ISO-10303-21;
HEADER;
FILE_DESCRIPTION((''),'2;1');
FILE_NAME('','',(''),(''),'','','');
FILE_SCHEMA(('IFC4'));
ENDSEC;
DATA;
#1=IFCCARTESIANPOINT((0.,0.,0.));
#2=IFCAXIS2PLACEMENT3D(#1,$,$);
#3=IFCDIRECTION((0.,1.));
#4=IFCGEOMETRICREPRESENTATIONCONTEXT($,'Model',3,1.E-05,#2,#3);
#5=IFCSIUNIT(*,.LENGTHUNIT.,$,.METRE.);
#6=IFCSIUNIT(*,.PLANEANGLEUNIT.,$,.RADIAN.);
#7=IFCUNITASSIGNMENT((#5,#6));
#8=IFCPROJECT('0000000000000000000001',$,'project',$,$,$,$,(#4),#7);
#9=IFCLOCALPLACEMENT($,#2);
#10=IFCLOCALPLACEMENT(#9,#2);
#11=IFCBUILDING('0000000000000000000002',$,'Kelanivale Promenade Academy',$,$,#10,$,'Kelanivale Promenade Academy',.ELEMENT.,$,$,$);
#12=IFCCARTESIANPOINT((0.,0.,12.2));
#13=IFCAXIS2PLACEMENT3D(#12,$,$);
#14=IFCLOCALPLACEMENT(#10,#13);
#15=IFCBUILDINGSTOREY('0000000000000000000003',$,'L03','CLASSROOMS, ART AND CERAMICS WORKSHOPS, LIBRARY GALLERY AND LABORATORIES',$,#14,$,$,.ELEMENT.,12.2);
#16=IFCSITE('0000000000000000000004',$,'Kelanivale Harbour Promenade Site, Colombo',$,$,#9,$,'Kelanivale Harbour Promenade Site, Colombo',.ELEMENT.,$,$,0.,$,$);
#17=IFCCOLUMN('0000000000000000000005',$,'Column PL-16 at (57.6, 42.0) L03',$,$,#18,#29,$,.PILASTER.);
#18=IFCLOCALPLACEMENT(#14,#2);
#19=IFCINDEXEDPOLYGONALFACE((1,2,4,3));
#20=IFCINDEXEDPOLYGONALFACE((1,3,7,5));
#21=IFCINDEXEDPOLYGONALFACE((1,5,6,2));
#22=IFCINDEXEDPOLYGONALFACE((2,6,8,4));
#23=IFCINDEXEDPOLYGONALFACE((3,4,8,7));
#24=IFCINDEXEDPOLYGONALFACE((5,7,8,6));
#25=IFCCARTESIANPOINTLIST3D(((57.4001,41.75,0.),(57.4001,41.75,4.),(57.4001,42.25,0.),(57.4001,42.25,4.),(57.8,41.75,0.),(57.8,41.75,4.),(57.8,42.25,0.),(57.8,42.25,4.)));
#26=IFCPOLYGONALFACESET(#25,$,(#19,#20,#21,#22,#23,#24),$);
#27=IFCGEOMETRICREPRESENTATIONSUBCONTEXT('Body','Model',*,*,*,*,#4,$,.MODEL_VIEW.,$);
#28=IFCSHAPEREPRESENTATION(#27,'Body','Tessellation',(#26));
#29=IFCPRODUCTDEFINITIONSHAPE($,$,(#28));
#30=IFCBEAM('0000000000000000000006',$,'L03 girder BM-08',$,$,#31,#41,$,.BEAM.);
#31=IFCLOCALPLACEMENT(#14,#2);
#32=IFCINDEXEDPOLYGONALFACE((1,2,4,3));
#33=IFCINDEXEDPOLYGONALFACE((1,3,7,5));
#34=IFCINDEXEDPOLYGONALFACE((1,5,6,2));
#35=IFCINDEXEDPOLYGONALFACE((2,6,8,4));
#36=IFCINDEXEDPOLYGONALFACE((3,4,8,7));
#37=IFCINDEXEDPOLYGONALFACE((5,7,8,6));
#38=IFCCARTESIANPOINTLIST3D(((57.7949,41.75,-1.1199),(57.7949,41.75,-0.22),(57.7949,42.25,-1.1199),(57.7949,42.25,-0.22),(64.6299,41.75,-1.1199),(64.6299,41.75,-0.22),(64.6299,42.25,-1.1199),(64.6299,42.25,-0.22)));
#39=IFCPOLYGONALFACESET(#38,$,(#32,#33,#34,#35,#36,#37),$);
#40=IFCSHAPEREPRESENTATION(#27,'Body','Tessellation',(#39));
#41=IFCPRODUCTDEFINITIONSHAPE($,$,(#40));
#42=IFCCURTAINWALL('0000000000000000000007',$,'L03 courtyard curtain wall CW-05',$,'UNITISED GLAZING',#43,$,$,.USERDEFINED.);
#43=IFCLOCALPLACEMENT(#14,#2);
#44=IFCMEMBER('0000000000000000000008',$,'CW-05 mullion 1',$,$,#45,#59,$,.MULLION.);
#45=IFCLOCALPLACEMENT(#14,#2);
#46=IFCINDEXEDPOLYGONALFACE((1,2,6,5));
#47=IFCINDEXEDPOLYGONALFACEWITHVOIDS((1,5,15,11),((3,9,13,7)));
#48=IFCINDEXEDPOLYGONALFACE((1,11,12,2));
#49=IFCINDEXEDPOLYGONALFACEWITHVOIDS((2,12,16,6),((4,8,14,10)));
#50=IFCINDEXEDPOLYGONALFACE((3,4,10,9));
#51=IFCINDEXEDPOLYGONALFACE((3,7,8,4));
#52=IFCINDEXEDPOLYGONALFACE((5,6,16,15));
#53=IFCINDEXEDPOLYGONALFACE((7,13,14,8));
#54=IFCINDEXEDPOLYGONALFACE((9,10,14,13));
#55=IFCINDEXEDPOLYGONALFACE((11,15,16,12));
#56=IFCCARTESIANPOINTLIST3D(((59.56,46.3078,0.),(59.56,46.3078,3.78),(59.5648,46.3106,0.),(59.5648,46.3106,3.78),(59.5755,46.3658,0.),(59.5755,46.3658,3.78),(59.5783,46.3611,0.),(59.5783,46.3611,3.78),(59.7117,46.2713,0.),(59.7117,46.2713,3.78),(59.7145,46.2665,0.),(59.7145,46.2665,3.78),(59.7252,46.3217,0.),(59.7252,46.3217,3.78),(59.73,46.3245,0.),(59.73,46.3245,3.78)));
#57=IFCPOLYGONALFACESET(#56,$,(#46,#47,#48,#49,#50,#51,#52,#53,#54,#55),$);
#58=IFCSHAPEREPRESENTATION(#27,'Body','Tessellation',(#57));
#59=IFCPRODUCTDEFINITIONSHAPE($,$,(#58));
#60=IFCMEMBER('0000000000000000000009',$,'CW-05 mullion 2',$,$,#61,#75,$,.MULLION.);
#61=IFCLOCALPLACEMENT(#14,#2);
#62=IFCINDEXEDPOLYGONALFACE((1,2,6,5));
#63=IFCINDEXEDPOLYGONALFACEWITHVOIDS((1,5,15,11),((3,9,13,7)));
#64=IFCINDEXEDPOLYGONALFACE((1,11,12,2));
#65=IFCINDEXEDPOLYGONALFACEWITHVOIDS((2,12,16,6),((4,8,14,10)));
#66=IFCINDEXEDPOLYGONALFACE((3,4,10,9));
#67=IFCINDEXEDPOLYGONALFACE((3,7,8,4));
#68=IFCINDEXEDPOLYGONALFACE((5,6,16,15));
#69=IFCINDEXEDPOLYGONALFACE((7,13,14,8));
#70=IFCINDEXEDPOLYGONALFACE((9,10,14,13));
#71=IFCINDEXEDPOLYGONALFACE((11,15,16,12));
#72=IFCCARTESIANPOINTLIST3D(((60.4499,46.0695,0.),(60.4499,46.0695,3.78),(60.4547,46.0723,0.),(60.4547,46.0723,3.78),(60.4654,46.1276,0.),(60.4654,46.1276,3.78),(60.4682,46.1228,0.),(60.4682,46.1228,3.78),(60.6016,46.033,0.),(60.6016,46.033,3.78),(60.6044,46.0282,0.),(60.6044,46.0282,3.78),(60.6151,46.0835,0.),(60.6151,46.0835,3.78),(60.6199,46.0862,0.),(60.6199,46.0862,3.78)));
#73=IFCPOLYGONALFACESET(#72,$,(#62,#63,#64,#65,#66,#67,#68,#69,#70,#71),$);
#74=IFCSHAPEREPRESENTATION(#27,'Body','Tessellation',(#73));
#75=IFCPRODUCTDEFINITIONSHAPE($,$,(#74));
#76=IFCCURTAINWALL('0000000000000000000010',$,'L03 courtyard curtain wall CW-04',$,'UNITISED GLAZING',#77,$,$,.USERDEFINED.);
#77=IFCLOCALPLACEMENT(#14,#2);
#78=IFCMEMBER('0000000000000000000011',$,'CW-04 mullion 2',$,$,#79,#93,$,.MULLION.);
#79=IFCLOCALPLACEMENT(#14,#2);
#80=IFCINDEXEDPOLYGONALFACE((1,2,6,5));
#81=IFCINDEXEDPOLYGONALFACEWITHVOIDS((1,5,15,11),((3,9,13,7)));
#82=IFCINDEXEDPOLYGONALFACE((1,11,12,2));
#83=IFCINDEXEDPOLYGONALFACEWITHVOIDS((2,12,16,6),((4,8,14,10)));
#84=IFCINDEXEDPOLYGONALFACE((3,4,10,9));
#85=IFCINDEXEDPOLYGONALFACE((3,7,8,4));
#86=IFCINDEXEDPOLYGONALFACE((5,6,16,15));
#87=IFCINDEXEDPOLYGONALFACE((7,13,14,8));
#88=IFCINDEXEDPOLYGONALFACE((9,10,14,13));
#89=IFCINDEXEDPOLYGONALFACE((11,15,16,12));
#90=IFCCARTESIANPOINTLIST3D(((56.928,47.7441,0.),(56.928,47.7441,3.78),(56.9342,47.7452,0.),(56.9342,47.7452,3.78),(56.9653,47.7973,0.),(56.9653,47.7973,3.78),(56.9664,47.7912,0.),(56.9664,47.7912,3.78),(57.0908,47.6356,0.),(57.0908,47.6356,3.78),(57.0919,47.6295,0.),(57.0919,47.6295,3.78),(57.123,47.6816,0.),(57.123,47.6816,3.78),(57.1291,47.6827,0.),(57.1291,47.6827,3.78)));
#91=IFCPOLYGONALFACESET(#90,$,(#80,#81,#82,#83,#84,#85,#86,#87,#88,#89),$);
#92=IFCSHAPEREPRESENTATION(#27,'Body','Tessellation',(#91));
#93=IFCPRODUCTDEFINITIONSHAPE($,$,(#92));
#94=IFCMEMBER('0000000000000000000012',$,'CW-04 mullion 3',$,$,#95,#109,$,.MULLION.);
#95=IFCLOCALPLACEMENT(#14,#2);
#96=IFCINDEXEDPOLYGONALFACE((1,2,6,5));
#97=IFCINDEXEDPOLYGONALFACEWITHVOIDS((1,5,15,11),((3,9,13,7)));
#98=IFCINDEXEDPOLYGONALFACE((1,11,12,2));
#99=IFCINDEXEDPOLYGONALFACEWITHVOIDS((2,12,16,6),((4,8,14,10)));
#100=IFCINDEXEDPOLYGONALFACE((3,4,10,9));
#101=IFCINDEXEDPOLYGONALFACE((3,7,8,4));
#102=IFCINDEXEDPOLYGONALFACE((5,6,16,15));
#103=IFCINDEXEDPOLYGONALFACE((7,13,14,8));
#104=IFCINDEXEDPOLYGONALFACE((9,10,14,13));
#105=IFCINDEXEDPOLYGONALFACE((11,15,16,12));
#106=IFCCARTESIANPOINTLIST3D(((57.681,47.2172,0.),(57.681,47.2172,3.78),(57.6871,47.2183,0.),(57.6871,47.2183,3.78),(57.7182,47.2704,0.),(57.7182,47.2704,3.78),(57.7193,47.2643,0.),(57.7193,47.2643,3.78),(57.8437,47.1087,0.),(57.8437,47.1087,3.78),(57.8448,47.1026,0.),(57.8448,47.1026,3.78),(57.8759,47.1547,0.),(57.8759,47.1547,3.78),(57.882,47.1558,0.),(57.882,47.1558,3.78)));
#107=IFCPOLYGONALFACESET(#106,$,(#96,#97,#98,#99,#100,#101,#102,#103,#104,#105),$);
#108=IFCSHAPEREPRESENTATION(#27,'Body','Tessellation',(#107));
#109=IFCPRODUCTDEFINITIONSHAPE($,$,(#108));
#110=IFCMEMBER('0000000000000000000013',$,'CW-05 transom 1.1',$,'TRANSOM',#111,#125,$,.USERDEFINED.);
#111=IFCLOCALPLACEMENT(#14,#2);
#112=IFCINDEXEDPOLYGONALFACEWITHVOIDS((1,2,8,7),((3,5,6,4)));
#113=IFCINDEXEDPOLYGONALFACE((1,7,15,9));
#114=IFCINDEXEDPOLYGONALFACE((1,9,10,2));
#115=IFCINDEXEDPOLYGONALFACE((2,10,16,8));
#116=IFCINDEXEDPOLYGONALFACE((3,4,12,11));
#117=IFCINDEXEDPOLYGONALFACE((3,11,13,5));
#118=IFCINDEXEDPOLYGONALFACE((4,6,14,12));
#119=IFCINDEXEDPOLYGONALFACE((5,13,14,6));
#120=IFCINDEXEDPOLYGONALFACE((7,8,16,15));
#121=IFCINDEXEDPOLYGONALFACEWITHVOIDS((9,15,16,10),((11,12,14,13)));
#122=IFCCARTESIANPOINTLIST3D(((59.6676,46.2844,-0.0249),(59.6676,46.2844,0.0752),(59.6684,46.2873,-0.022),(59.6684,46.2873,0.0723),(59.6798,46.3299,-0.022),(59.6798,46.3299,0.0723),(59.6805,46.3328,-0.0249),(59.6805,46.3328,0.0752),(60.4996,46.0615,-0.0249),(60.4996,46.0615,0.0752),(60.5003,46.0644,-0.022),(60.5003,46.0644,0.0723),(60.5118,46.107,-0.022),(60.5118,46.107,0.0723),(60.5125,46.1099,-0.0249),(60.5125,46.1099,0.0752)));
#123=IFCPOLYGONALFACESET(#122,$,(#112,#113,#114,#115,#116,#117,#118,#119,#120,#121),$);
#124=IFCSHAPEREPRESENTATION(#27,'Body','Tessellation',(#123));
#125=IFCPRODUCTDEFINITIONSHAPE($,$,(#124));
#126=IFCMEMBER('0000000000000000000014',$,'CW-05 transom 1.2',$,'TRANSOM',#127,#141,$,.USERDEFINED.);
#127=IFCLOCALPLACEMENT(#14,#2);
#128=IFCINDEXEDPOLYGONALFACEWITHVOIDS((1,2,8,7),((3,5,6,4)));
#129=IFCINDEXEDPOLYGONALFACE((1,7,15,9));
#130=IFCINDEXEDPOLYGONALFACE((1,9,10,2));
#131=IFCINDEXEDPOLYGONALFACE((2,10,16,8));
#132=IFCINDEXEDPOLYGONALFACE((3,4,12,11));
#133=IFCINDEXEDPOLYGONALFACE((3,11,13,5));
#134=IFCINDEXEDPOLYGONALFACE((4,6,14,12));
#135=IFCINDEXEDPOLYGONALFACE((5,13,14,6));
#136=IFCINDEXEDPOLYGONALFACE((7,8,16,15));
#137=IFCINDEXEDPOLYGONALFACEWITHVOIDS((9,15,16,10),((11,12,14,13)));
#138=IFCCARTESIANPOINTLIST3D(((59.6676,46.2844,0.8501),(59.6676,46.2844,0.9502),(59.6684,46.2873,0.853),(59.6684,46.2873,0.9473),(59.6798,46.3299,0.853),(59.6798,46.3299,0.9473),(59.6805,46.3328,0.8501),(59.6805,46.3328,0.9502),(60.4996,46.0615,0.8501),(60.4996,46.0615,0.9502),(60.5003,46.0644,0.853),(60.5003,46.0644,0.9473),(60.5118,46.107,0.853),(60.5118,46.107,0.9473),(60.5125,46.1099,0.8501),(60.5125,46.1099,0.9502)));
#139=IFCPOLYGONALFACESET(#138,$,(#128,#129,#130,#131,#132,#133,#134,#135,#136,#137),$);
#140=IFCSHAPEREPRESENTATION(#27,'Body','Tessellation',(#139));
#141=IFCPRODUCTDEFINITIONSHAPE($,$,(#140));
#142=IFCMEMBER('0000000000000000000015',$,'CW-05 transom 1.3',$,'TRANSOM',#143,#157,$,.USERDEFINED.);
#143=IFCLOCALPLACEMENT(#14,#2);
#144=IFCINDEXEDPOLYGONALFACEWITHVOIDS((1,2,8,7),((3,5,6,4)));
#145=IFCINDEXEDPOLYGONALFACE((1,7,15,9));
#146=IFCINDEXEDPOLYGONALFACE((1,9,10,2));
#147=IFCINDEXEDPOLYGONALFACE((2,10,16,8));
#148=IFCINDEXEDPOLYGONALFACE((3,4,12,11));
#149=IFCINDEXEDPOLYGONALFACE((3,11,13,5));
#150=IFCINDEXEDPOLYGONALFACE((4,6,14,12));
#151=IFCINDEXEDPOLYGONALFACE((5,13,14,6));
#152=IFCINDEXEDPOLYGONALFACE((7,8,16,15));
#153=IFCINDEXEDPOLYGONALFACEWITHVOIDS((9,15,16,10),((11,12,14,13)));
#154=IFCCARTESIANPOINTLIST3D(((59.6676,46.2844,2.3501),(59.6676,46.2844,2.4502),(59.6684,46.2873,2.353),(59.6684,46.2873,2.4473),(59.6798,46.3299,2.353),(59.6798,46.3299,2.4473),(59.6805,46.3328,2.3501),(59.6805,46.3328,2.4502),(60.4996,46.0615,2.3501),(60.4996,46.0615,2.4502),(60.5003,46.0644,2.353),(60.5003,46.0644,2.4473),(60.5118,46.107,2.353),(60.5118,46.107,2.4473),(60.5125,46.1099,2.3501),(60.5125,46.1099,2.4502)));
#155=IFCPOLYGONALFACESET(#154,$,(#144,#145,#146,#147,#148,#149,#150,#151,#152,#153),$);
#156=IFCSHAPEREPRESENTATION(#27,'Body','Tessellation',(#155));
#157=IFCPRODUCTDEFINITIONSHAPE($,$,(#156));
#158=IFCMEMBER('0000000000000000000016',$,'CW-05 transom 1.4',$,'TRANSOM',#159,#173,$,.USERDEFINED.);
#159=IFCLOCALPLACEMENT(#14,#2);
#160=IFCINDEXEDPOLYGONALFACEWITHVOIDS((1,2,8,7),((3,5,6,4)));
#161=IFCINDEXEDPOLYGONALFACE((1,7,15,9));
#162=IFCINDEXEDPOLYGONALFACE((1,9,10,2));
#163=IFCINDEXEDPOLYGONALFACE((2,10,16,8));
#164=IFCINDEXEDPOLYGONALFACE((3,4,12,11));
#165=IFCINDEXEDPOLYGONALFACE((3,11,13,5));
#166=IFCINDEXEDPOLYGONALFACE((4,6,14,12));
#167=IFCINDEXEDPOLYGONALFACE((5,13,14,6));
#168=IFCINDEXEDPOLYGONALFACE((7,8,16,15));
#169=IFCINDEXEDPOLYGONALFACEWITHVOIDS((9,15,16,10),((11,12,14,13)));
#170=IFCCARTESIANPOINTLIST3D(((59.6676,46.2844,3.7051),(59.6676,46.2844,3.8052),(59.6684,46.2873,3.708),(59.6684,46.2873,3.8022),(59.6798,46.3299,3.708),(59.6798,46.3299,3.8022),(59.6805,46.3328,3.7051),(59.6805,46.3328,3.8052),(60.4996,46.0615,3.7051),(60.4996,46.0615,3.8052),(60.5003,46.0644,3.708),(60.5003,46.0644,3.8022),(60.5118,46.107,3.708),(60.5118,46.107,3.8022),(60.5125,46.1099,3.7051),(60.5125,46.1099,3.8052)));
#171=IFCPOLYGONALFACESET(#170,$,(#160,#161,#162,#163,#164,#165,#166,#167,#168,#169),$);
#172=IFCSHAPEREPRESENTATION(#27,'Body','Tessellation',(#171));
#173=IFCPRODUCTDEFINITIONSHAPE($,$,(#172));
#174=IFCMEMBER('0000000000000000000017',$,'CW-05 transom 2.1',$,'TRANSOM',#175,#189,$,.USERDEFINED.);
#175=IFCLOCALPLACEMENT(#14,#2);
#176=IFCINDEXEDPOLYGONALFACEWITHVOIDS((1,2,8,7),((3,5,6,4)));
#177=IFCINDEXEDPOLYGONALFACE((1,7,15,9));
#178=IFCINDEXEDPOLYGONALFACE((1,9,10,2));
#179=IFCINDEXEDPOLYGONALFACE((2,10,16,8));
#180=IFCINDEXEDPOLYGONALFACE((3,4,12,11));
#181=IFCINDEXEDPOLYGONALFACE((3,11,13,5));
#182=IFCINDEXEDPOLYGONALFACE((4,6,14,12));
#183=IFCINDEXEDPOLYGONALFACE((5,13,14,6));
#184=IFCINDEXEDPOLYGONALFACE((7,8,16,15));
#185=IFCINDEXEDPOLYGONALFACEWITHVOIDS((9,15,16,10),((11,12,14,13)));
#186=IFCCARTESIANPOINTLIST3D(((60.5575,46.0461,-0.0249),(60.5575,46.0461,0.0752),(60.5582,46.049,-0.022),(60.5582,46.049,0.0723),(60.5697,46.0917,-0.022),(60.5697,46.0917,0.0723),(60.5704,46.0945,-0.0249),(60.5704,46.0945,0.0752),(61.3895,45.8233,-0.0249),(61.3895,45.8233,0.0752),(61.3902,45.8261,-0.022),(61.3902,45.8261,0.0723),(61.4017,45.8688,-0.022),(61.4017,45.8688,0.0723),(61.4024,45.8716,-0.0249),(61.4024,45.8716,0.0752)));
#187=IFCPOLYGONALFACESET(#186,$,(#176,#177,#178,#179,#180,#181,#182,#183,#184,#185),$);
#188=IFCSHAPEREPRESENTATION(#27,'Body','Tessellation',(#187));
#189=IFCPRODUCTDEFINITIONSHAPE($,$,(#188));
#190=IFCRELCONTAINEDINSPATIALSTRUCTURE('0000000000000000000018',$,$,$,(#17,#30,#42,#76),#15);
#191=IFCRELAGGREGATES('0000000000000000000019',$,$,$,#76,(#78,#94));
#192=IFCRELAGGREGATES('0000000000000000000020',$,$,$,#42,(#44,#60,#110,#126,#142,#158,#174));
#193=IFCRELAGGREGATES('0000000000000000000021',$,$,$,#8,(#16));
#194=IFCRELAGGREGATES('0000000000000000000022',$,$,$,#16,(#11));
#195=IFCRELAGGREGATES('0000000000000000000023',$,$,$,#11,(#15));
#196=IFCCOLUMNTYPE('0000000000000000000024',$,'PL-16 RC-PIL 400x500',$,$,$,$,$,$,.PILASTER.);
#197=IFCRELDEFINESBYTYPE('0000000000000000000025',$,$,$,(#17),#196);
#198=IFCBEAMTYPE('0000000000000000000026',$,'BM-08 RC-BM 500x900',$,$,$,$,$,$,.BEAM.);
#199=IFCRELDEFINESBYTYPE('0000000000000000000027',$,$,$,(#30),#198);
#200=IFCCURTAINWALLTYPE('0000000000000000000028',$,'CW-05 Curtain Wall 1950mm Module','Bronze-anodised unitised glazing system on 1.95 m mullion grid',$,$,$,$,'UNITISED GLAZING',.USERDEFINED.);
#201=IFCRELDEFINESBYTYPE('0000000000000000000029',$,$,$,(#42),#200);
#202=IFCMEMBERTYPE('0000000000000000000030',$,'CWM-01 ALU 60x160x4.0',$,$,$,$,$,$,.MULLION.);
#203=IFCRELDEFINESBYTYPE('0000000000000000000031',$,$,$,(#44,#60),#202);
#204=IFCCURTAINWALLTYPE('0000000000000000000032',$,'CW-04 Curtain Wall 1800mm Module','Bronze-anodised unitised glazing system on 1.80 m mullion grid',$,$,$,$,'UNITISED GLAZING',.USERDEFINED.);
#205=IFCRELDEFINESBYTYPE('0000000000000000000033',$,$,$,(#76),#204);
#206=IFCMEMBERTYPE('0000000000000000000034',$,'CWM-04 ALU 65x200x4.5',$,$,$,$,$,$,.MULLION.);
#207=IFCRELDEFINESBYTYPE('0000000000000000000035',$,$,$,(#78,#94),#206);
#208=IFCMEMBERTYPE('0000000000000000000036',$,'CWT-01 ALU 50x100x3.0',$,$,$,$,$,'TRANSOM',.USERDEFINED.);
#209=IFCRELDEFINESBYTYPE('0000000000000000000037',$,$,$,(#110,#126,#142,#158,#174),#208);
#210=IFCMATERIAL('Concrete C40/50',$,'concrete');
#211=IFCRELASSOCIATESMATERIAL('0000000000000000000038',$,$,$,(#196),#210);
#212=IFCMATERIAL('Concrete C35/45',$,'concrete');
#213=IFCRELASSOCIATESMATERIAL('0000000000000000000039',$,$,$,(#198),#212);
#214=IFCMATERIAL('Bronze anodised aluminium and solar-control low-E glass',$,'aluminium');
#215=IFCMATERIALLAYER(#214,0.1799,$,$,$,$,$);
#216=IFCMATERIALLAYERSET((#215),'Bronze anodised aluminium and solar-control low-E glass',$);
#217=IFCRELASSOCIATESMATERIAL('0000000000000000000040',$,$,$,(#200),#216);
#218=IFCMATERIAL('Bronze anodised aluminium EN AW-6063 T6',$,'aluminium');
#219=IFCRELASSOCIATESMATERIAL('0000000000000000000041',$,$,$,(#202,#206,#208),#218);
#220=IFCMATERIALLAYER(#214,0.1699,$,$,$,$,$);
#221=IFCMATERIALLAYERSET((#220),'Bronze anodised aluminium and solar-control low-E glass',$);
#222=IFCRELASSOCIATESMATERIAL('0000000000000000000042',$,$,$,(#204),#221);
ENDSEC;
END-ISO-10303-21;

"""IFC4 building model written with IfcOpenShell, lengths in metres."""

from ifc_helpers import new_model, si_unit, direction, frame, origin, origin_2d, place, context, subcontext, project, spatial, rectangle, hollow_rectangle, extrude, material, layer, layer_set, material_profile, profile_set, type_object, element, aggregate, save


model = new_model("IFC4")

# Units and contexts
model_context = context("Model", 3, precision=1e-05, world=origin(), true_north=direction((0.0, 1.0)))
body_context = subcontext(model_context, "Body", "Model", "MODEL_VIEW")
ifc_project = project(units=[si_unit("LENGTHUNIT", "METRE"), si_unit("PLANEANGLEUNIT", "RADIAN")], contexts=[model_context])

# Site, building, storey
site_placement = place(None, origin())
site = spatial("IfcSite", under=ifc_project, at=site_placement, Name="Kelanivale Harbour Promenade Site, Colombo", LongName="Kelanivale Harbour Promenade Site, Colombo", CompositionType="ELEMENT", RefElevation=0.0)
building_placement = place(site_placement, origin())
building = spatial("IfcBuilding", under=site, at=building_placement, Name="Kelanivale Promenade Academy", LongName="Kelanivale Promenade Academy", CompositionType="ELEMENT")
storey_placement = place(building_placement, frame((0.0, 0.0, 12.2)))
storey = spatial("IfcBuildingStorey", under=building, at=storey_placement, Name="L03", Description="CLASSROOMS, ART AND CERAMICS WORKSHOPS, LIBRARY GALLERY AND LABORATORIES", CompositionType="ELEMENT", Elevation=12.2)

# Column
ifc_material_1 = material(Name="Concrete C40/50", Category="concrete")
ifc_material_profile_1 = material_profile(ifc_material_1, rectangle(XDim=0.3999, YDim=0.5, at=origin_2d()), Name="RC-PIL 400x500")
ifc_profile_set_1 = profile_set([ifc_material_profile_1], Name="Concrete C40/50")
column_type = type_object("IfcColumnType", Name="PL-16 RC-PIL 400x500", PredefinedType="PILASTER", material=ifc_profile_set_1)
column_placement = place(storey_placement, frame((57.6001, 42.0, 0.0), z_axis=(0.0, 0.0, 1.0), x_axis=(1.0, 0.0, 0.0)))
element("IfcColumn", 1, at=column_placement, inside=storey, type_object=column_type, Name="Column PL-16 at (57.6, 42.0) L03", PredefinedType="PILASTER", context=body_context, shape_type="SweptSolid", body=[
    extrude(rectangle(XDim=0.3999, YDim=0.5, at=origin_2d()), origin(), (0.0, 0.0, 1.0), 4.0),
])

# Beam
ifc_material_2 = material(Name="Concrete C35/45", Category="concrete")
ifc_material_profile_2 = material_profile(ifc_material_2, rectangle(XDim=0.5, YDim=0.8999, at=origin_2d()), Name="RC-BM 500x900")
ifc_profile_set_2 = profile_set([ifc_material_profile_2], Name="Concrete C35/45")
beam_type = type_object("IfcBeamType", Name="BM-08 RC-BM 500x900", PredefinedType="BEAM", material=ifc_profile_set_2)
beam_placement = place(storey_placement, frame((57.7949, 42.0, -0.6699), z_axis=(1.0, 0.0, 0.0), x_axis=(0.0, 1.0, 0.0)))
element("IfcBeam", 2, at=beam_placement, inside=storey, type_object=beam_type, Name="L03 girder BM-08", PredefinedType="BEAM", context=body_context, shape_type="SweptSolid", body=[
    extrude(rectangle(XDim=0.5, YDim=0.8999, at=origin_2d()), origin(), (0.0, 0.0, 1.0), 6.835),
])

# Curtain walls, members
ifc_material_3 = material(Name="Bronze anodised aluminium and solar-control low-E glass", Category="aluminium")
ifc_layer_1 = layer(ifc_material_3, 0.1799)
ifc_layer_set_1 = layer_set([ifc_layer_1], Name="Bronze anodised aluminium and solar-control low-E glass")
curtain_wall_type_1 = type_object("IfcCurtainWallType", Name="CW-05 Curtain Wall 1950mm Module", Description="Bronze-anodised unitised glazing system on 1.95 m mullion grid", ElementType="UNITISED GLAZING", PredefinedType="USERDEFINED", material=ifc_layer_set_1)
curtain_wall_1_placement = place(storey_placement, origin())
curtain_wall_1 = element("IfcCurtainWall", 3, at=curtain_wall_1_placement, inside=storey, type_object=curtain_wall_type_1, Name="L03 courtyard curtain wall CW-05", ObjectType="UNITISED GLAZING", PredefinedType="USERDEFINED")
ifc_material_4 = material(Name="Bronze anodised aluminium EN AW-6063 T6", Category="aluminium")
ifc_material_profile_3 = material_profile(ifc_material_4, hollow_rectangle(XDim=0.0601, YDim=0.1599, WallThickness=0.0039, at=origin_2d()), Name="ALU 60x160x4.0")
ifc_profile_set_3 = profile_set([ifc_material_profile_3], Name="Bronze anodised aluminium EN AW-6063 T6")
member_type_1 = type_object("IfcMemberType", Name="CWM-01 ALU 60x160x4.0", PredefinedType="MULLION", material=ifc_profile_set_3)
member_1_placement = place(storey_placement, frame((59.645, 46.3162, 0.0), z_axis=(0.0, 0.0, 1.0), x_axis=(0.258578, 0.96599, 0.0)))
member_1 = element("IfcMember", 4, at=member_1_placement, type_object=member_type_1, Name="CW-05 mullion 1", PredefinedType="MULLION", context=body_context, shape_type="SweptSolid", body=[
    extrude(hollow_rectangle(XDim=0.0601, YDim=0.1599, WallThickness=0.0039, at=origin_2d()), origin(), (0.0, 0.0, 1.0), 3.78),
])
member_2_placement = place(storey_placement, frame((60.5349, 46.0779, 0.0), z_axis=(0.0, 0.0, 1.0), x_axis=(0.258578, 0.96599, 0.0)))
member_2 = element("IfcMember", 5, at=member_2_placement, type_object=member_type_1, Name="CW-05 mullion 2", PredefinedType="MULLION", context=body_context, shape_type="SweptSolid", body=[
    extrude(hollow_rectangle(XDim=0.0601, YDim=0.1599, WallThickness=0.0039, at=origin_2d()), origin(), (0.0, 0.0, 1.0), 3.78),
])
ifc_layer_2 = layer(ifc_material_3, 0.1699)
ifc_layer_set_2 = layer_set([ifc_layer_2], Name="Bronze anodised aluminium and solar-control low-E glass")
curtain_wall_type_2 = type_object("IfcCurtainWallType", Name="CW-04 Curtain Wall 1800mm Module", Description="Bronze-anodised unitised glazing system on 1.80 m mullion grid", ElementType="UNITISED GLAZING", PredefinedType="USERDEFINED", material=ifc_layer_set_2)
curtain_wall_2_placement = place(storey_placement, origin())
curtain_wall_2 = element("IfcCurtainWall", 6, at=curtain_wall_2_placement, inside=storey, type_object=curtain_wall_type_2, Name="L03 courtyard curtain wall CW-04", ObjectType="UNITISED GLAZING", PredefinedType="USERDEFINED")
ifc_material_profile_4 = material_profile(ifc_material_4, hollow_rectangle(XDim=0.0649, YDim=0.2, WallThickness=0.0044, at=origin_2d()), Name="ALU 65x200x4.5")
ifc_profile_set_4 = profile_set([ifc_material_profile_4], Name="Bronze anodised aluminium EN AW-6063 T6")
member_type_2 = type_object("IfcMemberType", Name="CWM-04 ALU 65x200x4.5", PredefinedType="MULLION", material=ifc_profile_set_4)
member_3_placement = place(storey_placement, frame((57.0286, 47.7134, 0.0), z_axis=(0.0, 0.0, 1.0), x_axis=(0.573357, 0.819306, 0.0)))
member_3 = element("IfcMember", 7, at=member_3_placement, type_object=member_type_2, Name="CW-04 mullion 2", PredefinedType="MULLION", context=body_context, shape_type="SweptSolid", body=[
    extrude(hollow_rectangle(XDim=0.0649, YDim=0.2, WallThickness=0.0044, at=origin_2d()), origin(), (0.0, 0.0, 1.0), 3.78),
])
member_4_placement = place(storey_placement, frame((57.7815, 47.1865, 0.0), z_axis=(0.0, 0.0, 1.0), x_axis=(0.573357, 0.819306, 0.0)))
member_4 = element("IfcMember", 8, at=member_4_placement, type_object=member_type_2, Name="CW-04 mullion 3", PredefinedType="MULLION", context=body_context, shape_type="SweptSolid", body=[
    extrude(hollow_rectangle(XDim=0.0649, YDim=0.2, WallThickness=0.0044, at=origin_2d()), origin(), (0.0, 0.0, 1.0), 3.78),
])

# Members
ifc_material_profile_5 = material_profile(ifc_material_4, hollow_rectangle(XDim=0.05, YDim=0.1001, WallThickness=0.0029, at=origin_2d()), Name="ALU 50x100x3.0")
ifc_profile_set_5 = profile_set([ifc_material_profile_5], Name="Bronze anodised aluminium EN AW-6063 T6")
member_type_3 = type_object("IfcMemberType", Name="CWT-01 ALU 50x100x3.0", ElementType="TRANSOM", PredefinedType="USERDEFINED", material=ifc_profile_set_5)
member_5_placement = place(storey_placement, frame((59.6741, 46.3086, 0.0251), z_axis=(0.965938, -0.258774, 0.0), x_axis=(0.258774, 0.965938, 0.0)))
member_5 = element("IfcMember", 9, at=member_5_placement, type_object=member_type_3, Name="CW-05 transom 1.1", ObjectType="TRANSOM", PredefinedType="USERDEFINED", context=body_context, shape_type="SweptSolid", body=[
    extrude(hollow_rectangle(XDim=0.05, YDim=0.1001, WallThickness=0.0029, at=origin_2d()), origin(), (0.0, 0.0, 1.0), 0.8613),
])
member_6_placement = place(storey_placement, frame((59.6741, 46.3086, 0.9001), z_axis=(0.965938, -0.258774, 0.0), x_axis=(0.258774, 0.965938, 0.0)))
member_6 = element("IfcMember", 10, at=member_6_placement, type_object=member_type_3, Name="CW-05 transom 1.2", ObjectType="TRANSOM", PredefinedType="USERDEFINED", context=body_context, shape_type="SweptSolid", body=[
    extrude(hollow_rectangle(XDim=0.05, YDim=0.1001, WallThickness=0.0029, at=origin_2d()), origin(), (0.0, 0.0, 1.0), 0.8613),
])
member_7_placement = place(storey_placement, frame((59.6741, 46.3086, 2.4001), z_axis=(0.965938, -0.258774, 0.0), x_axis=(0.258774, 0.965938, 0.0)))
member_7 = element("IfcMember", 11, at=member_7_placement, type_object=member_type_3, Name="CW-05 transom 1.3", ObjectType="TRANSOM", PredefinedType="USERDEFINED", context=body_context, shape_type="SweptSolid", body=[
    extrude(hollow_rectangle(XDim=0.05, YDim=0.1001, WallThickness=0.0029, at=origin_2d()), origin(), (0.0, 0.0, 1.0), 0.8613),
])
member_8_placement = place(storey_placement, frame((59.6741, 46.3086, 3.7551), z_axis=(0.965938, -0.258774, 0.0), x_axis=(0.258774, 0.965938, 0.0)))
member_8 = element("IfcMember", 12, at=member_8_placement, type_object=member_type_3, Name="CW-05 transom 1.4", ObjectType="TRANSOM", PredefinedType="USERDEFINED", context=body_context, shape_type="SweptSolid", body=[
    extrude(hollow_rectangle(XDim=0.05, YDim=0.1001, WallThickness=0.0029, at=origin_2d()), origin(), (0.0, 0.0, 1.0), 0.8613),
])
member_9_placement = place(storey_placement, frame((60.564, 46.0703, 0.0251), z_axis=(0.965938, -0.258774, 0.0), x_axis=(0.258774, 0.965938, 0.0)))
member_9 = element("IfcMember", 13, at=member_9_placement, type_object=member_type_3, Name="CW-05 transom 2.1", ObjectType="TRANSOM", PredefinedType="USERDEFINED", context=body_context, shape_type="SweptSolid", body=[
    extrude(hollow_rectangle(XDim=0.05, YDim=0.1001, WallThickness=0.0029, at=origin_2d()), origin(), (0.0, 0.0, 1.0), 0.8613),
])

aggregate(curtain_wall_2, [member_3, member_4])
aggregate(curtain_wall_1, [member_1, member_2, member_5, member_6, member_7, member_8, member_9])

save(model, "model.ifc")
